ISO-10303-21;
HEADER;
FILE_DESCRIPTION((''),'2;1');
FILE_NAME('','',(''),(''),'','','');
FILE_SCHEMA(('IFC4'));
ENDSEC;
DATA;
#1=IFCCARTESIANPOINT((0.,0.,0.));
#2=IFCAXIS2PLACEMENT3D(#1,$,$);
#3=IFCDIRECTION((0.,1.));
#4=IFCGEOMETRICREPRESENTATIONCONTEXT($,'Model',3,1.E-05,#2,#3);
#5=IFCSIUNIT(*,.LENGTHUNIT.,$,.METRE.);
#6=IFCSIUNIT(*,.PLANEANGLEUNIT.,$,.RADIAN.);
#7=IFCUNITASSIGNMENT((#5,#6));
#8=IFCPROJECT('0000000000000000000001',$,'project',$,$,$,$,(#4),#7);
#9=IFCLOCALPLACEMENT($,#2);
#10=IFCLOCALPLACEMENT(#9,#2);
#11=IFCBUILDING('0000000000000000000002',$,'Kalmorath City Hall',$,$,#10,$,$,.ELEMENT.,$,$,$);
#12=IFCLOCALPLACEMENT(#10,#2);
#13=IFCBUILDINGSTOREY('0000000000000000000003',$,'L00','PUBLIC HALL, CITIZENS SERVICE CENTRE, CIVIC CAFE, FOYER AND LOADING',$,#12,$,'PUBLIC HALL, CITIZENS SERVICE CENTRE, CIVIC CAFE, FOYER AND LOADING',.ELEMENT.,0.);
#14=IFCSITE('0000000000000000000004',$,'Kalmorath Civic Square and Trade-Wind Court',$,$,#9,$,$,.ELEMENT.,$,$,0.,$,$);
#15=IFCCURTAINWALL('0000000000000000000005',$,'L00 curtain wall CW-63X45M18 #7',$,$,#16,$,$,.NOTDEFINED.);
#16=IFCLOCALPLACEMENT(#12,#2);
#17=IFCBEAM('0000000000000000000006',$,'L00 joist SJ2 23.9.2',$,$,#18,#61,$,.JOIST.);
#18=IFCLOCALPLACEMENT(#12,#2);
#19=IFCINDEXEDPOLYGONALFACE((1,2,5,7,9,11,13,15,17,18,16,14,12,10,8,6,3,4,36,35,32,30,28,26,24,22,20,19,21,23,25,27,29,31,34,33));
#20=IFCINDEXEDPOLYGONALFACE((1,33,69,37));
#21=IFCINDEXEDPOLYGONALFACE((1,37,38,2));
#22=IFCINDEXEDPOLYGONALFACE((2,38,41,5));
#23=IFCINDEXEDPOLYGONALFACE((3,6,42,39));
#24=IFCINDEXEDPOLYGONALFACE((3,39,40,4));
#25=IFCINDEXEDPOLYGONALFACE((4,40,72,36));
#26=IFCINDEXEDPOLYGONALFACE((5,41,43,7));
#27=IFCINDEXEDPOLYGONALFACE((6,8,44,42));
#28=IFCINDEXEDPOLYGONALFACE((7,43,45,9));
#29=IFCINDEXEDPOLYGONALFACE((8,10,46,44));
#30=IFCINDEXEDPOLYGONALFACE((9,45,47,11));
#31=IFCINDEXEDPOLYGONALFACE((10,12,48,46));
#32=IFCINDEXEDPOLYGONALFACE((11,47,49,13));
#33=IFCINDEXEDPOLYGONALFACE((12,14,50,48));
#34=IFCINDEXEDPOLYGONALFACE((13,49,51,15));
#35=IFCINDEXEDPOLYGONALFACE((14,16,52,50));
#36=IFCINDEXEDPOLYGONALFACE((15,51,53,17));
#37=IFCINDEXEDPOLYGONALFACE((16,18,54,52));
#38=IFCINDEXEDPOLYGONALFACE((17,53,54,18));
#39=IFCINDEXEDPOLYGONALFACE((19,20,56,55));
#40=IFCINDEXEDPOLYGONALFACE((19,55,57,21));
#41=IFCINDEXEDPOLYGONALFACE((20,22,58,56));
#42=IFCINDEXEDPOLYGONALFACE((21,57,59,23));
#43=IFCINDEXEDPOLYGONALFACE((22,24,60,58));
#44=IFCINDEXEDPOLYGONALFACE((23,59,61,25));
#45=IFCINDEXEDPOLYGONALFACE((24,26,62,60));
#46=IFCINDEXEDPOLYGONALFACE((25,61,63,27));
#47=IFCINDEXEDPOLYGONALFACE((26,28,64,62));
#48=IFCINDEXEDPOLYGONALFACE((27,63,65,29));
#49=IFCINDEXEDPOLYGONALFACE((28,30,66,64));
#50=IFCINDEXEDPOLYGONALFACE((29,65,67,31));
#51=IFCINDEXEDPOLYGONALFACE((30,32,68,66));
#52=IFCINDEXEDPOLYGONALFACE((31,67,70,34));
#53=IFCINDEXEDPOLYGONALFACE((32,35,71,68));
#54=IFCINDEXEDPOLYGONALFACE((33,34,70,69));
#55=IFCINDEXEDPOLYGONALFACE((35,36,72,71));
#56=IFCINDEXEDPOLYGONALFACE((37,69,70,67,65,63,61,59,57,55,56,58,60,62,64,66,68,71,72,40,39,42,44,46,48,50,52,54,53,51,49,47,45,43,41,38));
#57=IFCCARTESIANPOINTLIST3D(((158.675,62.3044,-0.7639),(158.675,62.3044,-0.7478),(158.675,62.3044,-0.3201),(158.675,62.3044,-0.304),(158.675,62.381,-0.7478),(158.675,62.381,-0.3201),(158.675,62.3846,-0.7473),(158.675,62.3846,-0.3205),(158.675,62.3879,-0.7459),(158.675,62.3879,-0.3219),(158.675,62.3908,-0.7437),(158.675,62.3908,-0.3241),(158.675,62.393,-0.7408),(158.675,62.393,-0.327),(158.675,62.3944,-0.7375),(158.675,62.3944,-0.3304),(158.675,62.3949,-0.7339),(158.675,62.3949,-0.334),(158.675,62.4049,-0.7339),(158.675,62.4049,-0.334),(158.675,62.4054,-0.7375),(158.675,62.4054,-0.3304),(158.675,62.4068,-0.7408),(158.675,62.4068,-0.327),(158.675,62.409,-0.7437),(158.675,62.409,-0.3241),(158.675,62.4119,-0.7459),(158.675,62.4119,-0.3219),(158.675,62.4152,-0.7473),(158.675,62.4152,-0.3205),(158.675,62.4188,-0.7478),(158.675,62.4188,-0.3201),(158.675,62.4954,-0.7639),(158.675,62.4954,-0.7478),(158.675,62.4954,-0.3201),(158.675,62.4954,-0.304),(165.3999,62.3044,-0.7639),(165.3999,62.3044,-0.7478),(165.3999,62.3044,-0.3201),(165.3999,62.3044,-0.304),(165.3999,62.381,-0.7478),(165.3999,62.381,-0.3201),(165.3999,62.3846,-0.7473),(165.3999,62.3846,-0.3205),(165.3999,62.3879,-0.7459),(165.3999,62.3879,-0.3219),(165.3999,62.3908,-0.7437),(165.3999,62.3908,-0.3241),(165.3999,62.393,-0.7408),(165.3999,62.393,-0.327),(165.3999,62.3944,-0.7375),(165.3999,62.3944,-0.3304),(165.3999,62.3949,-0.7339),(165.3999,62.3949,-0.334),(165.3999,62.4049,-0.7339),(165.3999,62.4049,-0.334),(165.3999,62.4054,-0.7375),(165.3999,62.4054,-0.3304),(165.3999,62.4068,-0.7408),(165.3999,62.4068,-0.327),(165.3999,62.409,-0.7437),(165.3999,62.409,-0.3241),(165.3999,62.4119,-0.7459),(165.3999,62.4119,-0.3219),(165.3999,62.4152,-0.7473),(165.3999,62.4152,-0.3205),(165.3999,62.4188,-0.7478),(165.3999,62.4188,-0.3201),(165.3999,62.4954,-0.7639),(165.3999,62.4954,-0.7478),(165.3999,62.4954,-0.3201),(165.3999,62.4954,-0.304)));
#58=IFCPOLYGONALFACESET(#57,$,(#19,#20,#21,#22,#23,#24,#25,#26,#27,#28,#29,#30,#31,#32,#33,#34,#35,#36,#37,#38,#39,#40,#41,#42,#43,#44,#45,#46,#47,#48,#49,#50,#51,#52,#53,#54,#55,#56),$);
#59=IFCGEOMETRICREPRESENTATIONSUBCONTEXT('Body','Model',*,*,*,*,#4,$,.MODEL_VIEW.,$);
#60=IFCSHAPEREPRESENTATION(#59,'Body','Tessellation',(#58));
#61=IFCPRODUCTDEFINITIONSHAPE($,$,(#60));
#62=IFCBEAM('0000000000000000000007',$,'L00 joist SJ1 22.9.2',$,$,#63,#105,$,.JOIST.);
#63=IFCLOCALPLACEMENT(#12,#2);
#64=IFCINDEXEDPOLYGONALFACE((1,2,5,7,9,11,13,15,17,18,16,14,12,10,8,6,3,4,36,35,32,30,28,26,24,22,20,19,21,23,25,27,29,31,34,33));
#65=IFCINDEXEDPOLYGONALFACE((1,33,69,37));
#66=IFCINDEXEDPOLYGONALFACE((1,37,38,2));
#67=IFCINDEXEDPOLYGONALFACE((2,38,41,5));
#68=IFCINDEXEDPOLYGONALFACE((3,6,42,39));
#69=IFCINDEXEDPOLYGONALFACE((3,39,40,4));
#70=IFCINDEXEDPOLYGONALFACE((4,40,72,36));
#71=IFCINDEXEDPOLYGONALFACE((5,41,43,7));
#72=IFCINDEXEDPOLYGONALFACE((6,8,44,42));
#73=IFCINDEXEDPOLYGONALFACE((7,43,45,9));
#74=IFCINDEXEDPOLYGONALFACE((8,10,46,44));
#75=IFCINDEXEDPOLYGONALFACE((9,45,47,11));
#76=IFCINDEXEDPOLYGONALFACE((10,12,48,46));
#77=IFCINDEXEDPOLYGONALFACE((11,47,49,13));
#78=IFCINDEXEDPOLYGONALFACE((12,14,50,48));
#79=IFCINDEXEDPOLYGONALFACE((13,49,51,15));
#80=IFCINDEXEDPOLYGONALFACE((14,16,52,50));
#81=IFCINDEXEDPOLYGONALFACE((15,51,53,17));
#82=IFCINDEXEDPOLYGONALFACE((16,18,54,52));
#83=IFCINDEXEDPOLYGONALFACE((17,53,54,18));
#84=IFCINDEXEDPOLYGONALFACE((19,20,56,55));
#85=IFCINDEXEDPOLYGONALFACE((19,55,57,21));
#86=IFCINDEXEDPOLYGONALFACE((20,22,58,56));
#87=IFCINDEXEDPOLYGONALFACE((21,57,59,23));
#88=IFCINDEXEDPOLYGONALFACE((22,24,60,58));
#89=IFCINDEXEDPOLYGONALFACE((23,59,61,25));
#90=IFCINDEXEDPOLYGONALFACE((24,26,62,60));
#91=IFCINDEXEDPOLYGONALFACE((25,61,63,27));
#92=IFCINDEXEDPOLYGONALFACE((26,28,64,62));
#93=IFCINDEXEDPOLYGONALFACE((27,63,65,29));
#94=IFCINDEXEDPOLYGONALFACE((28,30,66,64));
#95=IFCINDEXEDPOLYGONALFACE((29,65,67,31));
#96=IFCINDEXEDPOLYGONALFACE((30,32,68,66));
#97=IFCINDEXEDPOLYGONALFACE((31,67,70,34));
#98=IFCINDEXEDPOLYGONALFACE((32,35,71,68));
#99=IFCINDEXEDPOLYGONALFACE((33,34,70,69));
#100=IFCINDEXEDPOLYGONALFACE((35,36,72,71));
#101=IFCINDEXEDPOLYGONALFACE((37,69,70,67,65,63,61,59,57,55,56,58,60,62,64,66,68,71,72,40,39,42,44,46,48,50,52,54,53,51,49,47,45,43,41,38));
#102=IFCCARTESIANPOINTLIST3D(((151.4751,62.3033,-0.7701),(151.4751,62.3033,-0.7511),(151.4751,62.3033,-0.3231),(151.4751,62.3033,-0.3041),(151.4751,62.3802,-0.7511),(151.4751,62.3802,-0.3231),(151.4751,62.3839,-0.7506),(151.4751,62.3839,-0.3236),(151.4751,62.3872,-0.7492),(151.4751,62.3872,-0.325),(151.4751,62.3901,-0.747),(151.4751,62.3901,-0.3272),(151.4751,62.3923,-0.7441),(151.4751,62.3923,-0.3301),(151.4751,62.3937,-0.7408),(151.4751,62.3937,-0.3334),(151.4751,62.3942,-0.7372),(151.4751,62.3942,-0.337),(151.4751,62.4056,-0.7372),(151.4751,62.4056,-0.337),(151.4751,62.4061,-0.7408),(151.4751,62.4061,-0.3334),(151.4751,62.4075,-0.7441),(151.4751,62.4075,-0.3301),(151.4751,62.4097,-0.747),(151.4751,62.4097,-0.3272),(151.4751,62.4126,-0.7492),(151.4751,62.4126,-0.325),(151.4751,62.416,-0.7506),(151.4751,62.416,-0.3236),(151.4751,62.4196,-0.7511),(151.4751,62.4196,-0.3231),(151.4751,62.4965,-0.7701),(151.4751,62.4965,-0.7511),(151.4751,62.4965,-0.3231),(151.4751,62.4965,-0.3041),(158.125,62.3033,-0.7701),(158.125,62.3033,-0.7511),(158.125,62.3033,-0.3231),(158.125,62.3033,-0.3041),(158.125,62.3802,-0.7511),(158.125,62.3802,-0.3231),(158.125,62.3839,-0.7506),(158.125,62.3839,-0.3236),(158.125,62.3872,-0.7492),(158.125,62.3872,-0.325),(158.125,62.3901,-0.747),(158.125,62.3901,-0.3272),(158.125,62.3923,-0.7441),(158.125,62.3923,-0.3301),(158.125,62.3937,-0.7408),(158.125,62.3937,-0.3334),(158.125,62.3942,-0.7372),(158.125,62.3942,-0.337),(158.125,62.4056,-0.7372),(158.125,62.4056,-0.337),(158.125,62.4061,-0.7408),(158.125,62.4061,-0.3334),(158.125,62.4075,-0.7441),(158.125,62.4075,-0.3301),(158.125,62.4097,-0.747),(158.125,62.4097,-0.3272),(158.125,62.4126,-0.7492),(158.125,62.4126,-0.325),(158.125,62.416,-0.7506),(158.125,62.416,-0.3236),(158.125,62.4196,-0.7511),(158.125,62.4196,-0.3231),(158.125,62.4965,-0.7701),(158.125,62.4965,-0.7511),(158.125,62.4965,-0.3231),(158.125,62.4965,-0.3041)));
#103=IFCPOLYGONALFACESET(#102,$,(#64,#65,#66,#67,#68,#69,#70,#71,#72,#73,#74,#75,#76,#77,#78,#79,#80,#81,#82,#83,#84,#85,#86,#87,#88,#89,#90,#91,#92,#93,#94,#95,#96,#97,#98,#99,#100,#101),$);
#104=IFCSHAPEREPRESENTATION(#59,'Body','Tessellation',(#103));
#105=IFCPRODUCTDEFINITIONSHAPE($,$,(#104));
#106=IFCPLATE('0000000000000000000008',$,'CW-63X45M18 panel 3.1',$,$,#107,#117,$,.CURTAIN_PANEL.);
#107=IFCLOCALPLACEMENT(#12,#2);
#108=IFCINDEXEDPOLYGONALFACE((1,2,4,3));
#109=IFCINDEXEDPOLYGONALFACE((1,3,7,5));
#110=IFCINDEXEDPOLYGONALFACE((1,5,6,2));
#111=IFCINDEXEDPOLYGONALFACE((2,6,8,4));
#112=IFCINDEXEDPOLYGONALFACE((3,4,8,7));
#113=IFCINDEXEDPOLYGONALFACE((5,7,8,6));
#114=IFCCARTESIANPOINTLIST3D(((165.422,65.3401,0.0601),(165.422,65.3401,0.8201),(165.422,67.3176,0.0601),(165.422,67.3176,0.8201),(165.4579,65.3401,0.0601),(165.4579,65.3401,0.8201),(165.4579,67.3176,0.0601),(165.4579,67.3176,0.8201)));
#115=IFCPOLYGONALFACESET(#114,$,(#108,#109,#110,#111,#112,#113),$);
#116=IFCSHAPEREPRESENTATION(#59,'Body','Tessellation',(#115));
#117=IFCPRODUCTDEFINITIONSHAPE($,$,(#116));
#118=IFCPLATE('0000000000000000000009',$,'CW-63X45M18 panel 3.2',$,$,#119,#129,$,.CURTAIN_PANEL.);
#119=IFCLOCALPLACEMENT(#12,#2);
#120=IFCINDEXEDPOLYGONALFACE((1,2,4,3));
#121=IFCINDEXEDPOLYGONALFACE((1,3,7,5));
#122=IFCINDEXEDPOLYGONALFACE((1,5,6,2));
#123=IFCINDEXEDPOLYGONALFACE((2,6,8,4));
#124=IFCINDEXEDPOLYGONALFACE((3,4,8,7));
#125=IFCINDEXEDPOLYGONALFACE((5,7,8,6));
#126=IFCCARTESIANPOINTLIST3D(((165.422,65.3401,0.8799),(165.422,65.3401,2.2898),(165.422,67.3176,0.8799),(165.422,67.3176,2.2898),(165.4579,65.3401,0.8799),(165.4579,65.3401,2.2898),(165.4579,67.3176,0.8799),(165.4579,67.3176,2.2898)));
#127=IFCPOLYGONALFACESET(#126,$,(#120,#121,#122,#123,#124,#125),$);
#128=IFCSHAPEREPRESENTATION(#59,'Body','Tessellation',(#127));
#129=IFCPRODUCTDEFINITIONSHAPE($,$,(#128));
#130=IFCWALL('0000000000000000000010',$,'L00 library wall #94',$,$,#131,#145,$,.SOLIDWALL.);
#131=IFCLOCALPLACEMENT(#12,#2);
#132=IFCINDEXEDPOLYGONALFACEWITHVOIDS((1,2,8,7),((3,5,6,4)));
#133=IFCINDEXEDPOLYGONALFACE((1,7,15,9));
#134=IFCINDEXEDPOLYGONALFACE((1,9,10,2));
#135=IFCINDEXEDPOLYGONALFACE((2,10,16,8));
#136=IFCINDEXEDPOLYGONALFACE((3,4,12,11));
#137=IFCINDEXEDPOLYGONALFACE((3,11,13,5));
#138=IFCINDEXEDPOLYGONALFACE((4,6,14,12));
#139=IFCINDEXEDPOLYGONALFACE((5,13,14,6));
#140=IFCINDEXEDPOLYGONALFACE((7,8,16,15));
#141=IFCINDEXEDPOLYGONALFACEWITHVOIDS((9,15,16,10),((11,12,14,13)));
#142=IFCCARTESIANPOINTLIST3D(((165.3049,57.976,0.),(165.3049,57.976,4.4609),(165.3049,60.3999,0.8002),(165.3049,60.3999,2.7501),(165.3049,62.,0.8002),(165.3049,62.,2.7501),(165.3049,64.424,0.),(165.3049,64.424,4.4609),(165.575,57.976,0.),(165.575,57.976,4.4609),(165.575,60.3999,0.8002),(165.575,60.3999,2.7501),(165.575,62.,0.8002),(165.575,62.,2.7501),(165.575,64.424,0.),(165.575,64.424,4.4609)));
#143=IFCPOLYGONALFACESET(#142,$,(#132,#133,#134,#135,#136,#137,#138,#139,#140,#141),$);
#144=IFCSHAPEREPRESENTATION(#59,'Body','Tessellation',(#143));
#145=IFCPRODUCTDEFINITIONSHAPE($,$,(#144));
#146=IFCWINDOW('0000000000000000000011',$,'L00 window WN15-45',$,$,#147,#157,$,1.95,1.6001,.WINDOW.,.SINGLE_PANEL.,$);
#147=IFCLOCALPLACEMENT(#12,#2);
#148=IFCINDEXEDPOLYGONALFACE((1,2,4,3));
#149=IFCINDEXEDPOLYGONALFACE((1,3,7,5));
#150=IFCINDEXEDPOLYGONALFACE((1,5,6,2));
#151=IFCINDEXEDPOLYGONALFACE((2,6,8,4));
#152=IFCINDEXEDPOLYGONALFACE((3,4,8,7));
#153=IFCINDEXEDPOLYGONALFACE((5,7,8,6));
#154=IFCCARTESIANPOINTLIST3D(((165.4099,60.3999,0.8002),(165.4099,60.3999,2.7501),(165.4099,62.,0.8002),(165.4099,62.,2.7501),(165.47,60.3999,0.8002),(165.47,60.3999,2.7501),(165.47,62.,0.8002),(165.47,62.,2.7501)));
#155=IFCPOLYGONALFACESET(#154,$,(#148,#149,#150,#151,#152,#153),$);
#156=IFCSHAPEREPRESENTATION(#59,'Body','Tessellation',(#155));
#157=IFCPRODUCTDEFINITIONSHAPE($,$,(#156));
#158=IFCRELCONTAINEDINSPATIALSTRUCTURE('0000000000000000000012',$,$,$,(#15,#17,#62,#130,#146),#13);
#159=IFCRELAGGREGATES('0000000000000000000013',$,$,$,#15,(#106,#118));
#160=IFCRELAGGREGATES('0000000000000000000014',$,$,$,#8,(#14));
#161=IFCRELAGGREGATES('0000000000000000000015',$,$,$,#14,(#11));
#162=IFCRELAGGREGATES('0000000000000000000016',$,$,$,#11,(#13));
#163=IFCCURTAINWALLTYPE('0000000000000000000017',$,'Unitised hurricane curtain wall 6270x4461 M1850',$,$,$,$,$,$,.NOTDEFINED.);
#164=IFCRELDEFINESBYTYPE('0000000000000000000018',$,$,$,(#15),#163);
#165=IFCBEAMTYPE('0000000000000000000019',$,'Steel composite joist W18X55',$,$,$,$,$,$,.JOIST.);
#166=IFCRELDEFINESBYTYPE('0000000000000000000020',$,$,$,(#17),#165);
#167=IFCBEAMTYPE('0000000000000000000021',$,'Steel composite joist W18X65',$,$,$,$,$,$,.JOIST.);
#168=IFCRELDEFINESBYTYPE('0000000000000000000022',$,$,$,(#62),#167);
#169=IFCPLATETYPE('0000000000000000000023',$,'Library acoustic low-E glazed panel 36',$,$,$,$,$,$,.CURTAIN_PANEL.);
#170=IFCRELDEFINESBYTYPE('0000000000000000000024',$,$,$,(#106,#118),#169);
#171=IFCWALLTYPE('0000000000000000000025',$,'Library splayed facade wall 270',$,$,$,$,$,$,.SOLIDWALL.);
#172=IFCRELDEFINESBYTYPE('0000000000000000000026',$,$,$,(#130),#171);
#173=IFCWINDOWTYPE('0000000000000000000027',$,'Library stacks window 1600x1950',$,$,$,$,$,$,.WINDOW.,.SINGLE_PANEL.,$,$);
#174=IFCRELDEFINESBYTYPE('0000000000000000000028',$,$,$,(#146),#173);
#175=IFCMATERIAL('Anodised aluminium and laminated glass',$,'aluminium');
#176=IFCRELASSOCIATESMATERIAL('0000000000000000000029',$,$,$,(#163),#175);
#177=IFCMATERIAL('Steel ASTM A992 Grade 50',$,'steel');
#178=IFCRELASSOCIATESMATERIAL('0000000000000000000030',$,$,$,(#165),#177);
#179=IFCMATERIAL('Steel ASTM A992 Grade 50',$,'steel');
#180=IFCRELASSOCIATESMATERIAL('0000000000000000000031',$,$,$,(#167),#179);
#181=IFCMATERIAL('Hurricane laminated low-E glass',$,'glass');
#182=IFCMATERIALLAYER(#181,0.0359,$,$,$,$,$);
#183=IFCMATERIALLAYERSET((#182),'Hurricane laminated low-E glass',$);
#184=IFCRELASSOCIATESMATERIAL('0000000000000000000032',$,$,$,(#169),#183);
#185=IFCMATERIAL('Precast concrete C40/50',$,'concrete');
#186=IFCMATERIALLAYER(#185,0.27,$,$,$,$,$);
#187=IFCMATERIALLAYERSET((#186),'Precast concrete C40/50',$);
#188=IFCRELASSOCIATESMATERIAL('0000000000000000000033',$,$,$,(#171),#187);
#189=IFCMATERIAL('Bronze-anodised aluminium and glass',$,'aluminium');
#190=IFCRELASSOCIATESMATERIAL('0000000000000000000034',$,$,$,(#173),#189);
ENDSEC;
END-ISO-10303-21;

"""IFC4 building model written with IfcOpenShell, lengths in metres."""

from ifc_helpers import new_model, si_unit, direction, frame, frame_2d, origin, origin_2d, place, context, subcontext, project, spatial, rectangle, i_section, extrude, material, layer, layer_set, material_profile, profile_set, type_object, element, fill, aggregate, save


model = new_model("IFC4")

# Units and contexts
model_context = context("Model", 3, precision=1e-05, world=origin(), true_north=direction((0.0, 1.0)))
body_context = subcontext(model_context, "Body", "Model", "MODEL_VIEW")
ifc_project = project(units=[si_unit("LENGTHUNIT", "METRE"), si_unit("PLANEANGLEUNIT", "RADIAN")], contexts=[model_context])

# Site, building, storey
site_placement = place(None, origin())
site = spatial("IfcSite", under=ifc_project, at=site_placement, Name="Kalmorath Civic Square and Trade-Wind Court", CompositionType="ELEMENT", RefElevation=0.0)
building_placement = place(site_placement, origin())
building = spatial("IfcBuilding", under=site, at=building_placement, Name="Kalmorath City Hall", CompositionType="ELEMENT")
storey_placement = place(building_placement, origin())
storey = spatial("IfcBuildingStorey", under=building, at=storey_placement, Name="L00", Description="PUBLIC HALL, CITIZENS SERVICE CENTRE, CIVIC CAFE, FOYER AND LOADING", LongName="PUBLIC HALL, CITIZENS SERVICE CENTRE, CIVIC CAFE, FOYER AND LOADING", CompositionType="ELEMENT", Elevation=0.0)

# Curtain wall
ifc_material_1 = material(Name="Anodised aluminium and laminated glass", Category="aluminium")
curtain_wall_type = type_object("IfcCurtainWallType", Name="Unitised hurricane curtain wall 6270x4461 M1850", PredefinedType="NOTDEFINED", material=ifc_material_1)
curtain_wall_placement = place(storey_placement, origin())
curtain_wall = element("IfcCurtainWall", 1, at=curtain_wall_placement, inside=storey, type_object=curtain_wall_type, Name="L00 curtain wall CW-63X45M18 #7", PredefinedType="NOTDEFINED")

# Beams
ifc_material_2 = material(Name="Steel ASTM A992 Grade 50", Category="steel")
ifc_material_profile_1 = material_profile(ifc_material_2, i_section(OverallWidth=0.1909, OverallDepth=0.46, WebThickness=0.01, FlangeThickness=0.0161, FilletRadius=0.0139, at=origin_2d()), Name="W18X55")
ifc_profile_set_1 = profile_set([ifc_material_profile_1], Name="Steel ASTM A992 Grade 50")
beam_type_1 = type_object("IfcBeamType", Name="Steel composite joist W18X55", PredefinedType="JOIST", material=ifc_profile_set_1)
beam_1_placement = place(storey_placement, frame((158.675, 62.3999, -0.5339), z_axis=(1.0, 0.0, 0.0), x_axis=(0.0, 1.0, 0.0)))
element("IfcBeam", 2, at=beam_1_placement, inside=storey, type_object=beam_type_1, Name="L00 joist SJ2 23.9.2", PredefinedType="JOIST", context=body_context, shape_type="SweptSolid", body=[
    extrude(i_section(OverallWidth=0.1909, OverallDepth=0.46, WebThickness=0.01, FlangeThickness=0.0161, FilletRadius=0.0139, at=origin_2d()), origin(), (0.0, 0.0, 1.0), 6.7249),
])
ifc_material_3 = material(Name="Steel ASTM A992 Grade 50", Category="steel")
ifc_material_profile_2 = material_profile(ifc_material_3, i_section(OverallWidth=0.1931, OverallDepth=0.4661, WebThickness=0.0115, FlangeThickness=0.019, FilletRadius=0.0139, at=origin_2d()), Name="W18X65")
ifc_profile_set_2 = profile_set([ifc_material_profile_2], Name="Steel ASTM A992 Grade 50")
beam_type_2 = type_object("IfcBeamType", Name="Steel composite joist W18X65", PredefinedType="JOIST", material=ifc_profile_set_2)
beam_2_placement = place(storey_placement, frame((151.4751, 62.3999, -0.5371), z_axis=(1.0, 0.0, 0.0), x_axis=(0.0, 1.0, 0.0)))
element("IfcBeam", 3, at=beam_2_placement, inside=storey, type_object=beam_type_2, Name="L00 joist SJ1 22.9.2", PredefinedType="JOIST", context=body_context, shape_type="SweptSolid", body=[
    extrude(i_section(OverallWidth=0.1931, OverallDepth=0.4661, WebThickness=0.0115, FlangeThickness=0.019, FilletRadius=0.0139, at=origin_2d()), origin(), (0.0, 0.0, 1.0), 6.6499),
])

# Plates
ifc_material_4 = material(Name="Hurricane laminated low-E glass", Category="glass")
ifc_layer_1 = layer(ifc_material_4, 0.0359)
ifc_layer_set_1 = layer_set([ifc_layer_1], Name="Hurricane laminated low-E glass")
plate_type = type_object("IfcPlateType", Name="Library acoustic low-E glazed panel 36", PredefinedType="CURTAIN_PANEL", material=ifc_layer_set_1)
plate_1_placement = place(storey_placement, frame((165.4399, 66.3289, 0.0601), z_axis=(0.0, 0.0, 1.0), x_axis=(0.0, -1.0, 0.0)))
plate_1 = element("IfcPlate", 4, at=plate_1_placement, type_object=plate_type, Name="CW-63X45M18 panel 3.1", PredefinedType="CURTAIN_PANEL", context=body_context, shape_type="SweptSolid", body=[
    extrude(rectangle(XDim=1.9775, YDim=0.0359, at=origin_2d()), origin(), (0.0, 0.0, 1.0), 0.76),
])
plate_2_placement = place(storey_placement, frame((165.4399, 66.3289, 0.8799), z_axis=(0.0, 0.0, 1.0), x_axis=(0.0, -1.0, 0.0)))
plate_2 = element("IfcPlate", 5, at=plate_2_placement, type_object=plate_type, Name="CW-63X45M18 panel 3.2", PredefinedType="CURTAIN_PANEL", context=body_context, shape_type="SweptSolid", body=[
    extrude(rectangle(XDim=1.9775, YDim=0.0359, at=origin_2d()), origin(), (0.0, 0.0, 1.0), 1.4099),
])
aggregate(curtain_wall, [plate_1, plate_2])

# Wall, opening, window
ifc_material_5 = material(Name="Precast concrete C40/50", Category="concrete")
ifc_layer_2 = layer(ifc_material_5, 0.27)
ifc_layer_set_2 = layer_set([ifc_layer_2], Name="Precast concrete C40/50")
wall_type = type_object("IfcWallType", Name="Library splayed facade wall 270", PredefinedType="SOLIDWALL", material=ifc_layer_set_2)
wall_placement = place(storey_placement, frame((165.4399, 64.4241, 0.0), z_axis=(0.0, 0.0, 1.0), x_axis=(0.0, -1.0, 0.0)))
wall = element("IfcWall", 6, at=wall_placement, inside=storey, type_object=wall_type, Name="L00 library wall #94", PredefinedType="SOLIDWALL", context=body_context, shape_type="SweptSolid", body=[
    extrude(rectangle(XDim=6.448, YDim=0.27, at=frame_2d((3.2241, 0.0))), origin(), (0.0, 0.0, 1.0), 4.4609),
])
opening_placement = place(wall_placement, frame((2.4241, 0.0, 0.8)))
opening = element("IfcOpeningElement", 7, at=opening_placement, cuts=wall, PredefinedType="OPENING", context=body_context, shape_type="SweptSolid", body=[
    extrude(rectangle(XDim=1.6001, YDim=1.95, at=frame_2d((0.8, 0.9751))), frame((0.0, 0.145, 0.0), z_axis=(0.0, -1.0, 0.0), x_axis=(1.0, 0.0, 0.0)), (0.0, 0.0, 1.0), 0.29),
])
ifc_material_6 = material(Name="Bronze-anodised aluminium and glass", Category="aluminium")
window_type = type_object("IfcWindowType", Name="Library stacks window 1600x1950", PartitioningType="SINGLE_PANEL", PredefinedType="WINDOW", material=ifc_material_6)
window_placement = place(opening_placement, origin())
window = element("IfcWindow", 8, at=window_placement, inside=storey, type_object=window_type, Name="L00 window WN15-45", OverallHeight=1.95, OverallWidth=1.6001, PartitioningType="SINGLE_PANEL", PredefinedType="WINDOW", context=body_context, shape_type="SweptSolid", body=[
    extrude(rectangle(XDim=1.6001, YDim=1.95, at=frame_2d((0.8, 0.9751))), frame((0.0, 0.03, 0.0), z_axis=(0.0, -1.0, 0.0), x_axis=(1.0, 0.0, 0.0)), (0.0, 0.0, 1.0), 0.0601),
])
fill(opening, window)

save(model, "model.ifc")
